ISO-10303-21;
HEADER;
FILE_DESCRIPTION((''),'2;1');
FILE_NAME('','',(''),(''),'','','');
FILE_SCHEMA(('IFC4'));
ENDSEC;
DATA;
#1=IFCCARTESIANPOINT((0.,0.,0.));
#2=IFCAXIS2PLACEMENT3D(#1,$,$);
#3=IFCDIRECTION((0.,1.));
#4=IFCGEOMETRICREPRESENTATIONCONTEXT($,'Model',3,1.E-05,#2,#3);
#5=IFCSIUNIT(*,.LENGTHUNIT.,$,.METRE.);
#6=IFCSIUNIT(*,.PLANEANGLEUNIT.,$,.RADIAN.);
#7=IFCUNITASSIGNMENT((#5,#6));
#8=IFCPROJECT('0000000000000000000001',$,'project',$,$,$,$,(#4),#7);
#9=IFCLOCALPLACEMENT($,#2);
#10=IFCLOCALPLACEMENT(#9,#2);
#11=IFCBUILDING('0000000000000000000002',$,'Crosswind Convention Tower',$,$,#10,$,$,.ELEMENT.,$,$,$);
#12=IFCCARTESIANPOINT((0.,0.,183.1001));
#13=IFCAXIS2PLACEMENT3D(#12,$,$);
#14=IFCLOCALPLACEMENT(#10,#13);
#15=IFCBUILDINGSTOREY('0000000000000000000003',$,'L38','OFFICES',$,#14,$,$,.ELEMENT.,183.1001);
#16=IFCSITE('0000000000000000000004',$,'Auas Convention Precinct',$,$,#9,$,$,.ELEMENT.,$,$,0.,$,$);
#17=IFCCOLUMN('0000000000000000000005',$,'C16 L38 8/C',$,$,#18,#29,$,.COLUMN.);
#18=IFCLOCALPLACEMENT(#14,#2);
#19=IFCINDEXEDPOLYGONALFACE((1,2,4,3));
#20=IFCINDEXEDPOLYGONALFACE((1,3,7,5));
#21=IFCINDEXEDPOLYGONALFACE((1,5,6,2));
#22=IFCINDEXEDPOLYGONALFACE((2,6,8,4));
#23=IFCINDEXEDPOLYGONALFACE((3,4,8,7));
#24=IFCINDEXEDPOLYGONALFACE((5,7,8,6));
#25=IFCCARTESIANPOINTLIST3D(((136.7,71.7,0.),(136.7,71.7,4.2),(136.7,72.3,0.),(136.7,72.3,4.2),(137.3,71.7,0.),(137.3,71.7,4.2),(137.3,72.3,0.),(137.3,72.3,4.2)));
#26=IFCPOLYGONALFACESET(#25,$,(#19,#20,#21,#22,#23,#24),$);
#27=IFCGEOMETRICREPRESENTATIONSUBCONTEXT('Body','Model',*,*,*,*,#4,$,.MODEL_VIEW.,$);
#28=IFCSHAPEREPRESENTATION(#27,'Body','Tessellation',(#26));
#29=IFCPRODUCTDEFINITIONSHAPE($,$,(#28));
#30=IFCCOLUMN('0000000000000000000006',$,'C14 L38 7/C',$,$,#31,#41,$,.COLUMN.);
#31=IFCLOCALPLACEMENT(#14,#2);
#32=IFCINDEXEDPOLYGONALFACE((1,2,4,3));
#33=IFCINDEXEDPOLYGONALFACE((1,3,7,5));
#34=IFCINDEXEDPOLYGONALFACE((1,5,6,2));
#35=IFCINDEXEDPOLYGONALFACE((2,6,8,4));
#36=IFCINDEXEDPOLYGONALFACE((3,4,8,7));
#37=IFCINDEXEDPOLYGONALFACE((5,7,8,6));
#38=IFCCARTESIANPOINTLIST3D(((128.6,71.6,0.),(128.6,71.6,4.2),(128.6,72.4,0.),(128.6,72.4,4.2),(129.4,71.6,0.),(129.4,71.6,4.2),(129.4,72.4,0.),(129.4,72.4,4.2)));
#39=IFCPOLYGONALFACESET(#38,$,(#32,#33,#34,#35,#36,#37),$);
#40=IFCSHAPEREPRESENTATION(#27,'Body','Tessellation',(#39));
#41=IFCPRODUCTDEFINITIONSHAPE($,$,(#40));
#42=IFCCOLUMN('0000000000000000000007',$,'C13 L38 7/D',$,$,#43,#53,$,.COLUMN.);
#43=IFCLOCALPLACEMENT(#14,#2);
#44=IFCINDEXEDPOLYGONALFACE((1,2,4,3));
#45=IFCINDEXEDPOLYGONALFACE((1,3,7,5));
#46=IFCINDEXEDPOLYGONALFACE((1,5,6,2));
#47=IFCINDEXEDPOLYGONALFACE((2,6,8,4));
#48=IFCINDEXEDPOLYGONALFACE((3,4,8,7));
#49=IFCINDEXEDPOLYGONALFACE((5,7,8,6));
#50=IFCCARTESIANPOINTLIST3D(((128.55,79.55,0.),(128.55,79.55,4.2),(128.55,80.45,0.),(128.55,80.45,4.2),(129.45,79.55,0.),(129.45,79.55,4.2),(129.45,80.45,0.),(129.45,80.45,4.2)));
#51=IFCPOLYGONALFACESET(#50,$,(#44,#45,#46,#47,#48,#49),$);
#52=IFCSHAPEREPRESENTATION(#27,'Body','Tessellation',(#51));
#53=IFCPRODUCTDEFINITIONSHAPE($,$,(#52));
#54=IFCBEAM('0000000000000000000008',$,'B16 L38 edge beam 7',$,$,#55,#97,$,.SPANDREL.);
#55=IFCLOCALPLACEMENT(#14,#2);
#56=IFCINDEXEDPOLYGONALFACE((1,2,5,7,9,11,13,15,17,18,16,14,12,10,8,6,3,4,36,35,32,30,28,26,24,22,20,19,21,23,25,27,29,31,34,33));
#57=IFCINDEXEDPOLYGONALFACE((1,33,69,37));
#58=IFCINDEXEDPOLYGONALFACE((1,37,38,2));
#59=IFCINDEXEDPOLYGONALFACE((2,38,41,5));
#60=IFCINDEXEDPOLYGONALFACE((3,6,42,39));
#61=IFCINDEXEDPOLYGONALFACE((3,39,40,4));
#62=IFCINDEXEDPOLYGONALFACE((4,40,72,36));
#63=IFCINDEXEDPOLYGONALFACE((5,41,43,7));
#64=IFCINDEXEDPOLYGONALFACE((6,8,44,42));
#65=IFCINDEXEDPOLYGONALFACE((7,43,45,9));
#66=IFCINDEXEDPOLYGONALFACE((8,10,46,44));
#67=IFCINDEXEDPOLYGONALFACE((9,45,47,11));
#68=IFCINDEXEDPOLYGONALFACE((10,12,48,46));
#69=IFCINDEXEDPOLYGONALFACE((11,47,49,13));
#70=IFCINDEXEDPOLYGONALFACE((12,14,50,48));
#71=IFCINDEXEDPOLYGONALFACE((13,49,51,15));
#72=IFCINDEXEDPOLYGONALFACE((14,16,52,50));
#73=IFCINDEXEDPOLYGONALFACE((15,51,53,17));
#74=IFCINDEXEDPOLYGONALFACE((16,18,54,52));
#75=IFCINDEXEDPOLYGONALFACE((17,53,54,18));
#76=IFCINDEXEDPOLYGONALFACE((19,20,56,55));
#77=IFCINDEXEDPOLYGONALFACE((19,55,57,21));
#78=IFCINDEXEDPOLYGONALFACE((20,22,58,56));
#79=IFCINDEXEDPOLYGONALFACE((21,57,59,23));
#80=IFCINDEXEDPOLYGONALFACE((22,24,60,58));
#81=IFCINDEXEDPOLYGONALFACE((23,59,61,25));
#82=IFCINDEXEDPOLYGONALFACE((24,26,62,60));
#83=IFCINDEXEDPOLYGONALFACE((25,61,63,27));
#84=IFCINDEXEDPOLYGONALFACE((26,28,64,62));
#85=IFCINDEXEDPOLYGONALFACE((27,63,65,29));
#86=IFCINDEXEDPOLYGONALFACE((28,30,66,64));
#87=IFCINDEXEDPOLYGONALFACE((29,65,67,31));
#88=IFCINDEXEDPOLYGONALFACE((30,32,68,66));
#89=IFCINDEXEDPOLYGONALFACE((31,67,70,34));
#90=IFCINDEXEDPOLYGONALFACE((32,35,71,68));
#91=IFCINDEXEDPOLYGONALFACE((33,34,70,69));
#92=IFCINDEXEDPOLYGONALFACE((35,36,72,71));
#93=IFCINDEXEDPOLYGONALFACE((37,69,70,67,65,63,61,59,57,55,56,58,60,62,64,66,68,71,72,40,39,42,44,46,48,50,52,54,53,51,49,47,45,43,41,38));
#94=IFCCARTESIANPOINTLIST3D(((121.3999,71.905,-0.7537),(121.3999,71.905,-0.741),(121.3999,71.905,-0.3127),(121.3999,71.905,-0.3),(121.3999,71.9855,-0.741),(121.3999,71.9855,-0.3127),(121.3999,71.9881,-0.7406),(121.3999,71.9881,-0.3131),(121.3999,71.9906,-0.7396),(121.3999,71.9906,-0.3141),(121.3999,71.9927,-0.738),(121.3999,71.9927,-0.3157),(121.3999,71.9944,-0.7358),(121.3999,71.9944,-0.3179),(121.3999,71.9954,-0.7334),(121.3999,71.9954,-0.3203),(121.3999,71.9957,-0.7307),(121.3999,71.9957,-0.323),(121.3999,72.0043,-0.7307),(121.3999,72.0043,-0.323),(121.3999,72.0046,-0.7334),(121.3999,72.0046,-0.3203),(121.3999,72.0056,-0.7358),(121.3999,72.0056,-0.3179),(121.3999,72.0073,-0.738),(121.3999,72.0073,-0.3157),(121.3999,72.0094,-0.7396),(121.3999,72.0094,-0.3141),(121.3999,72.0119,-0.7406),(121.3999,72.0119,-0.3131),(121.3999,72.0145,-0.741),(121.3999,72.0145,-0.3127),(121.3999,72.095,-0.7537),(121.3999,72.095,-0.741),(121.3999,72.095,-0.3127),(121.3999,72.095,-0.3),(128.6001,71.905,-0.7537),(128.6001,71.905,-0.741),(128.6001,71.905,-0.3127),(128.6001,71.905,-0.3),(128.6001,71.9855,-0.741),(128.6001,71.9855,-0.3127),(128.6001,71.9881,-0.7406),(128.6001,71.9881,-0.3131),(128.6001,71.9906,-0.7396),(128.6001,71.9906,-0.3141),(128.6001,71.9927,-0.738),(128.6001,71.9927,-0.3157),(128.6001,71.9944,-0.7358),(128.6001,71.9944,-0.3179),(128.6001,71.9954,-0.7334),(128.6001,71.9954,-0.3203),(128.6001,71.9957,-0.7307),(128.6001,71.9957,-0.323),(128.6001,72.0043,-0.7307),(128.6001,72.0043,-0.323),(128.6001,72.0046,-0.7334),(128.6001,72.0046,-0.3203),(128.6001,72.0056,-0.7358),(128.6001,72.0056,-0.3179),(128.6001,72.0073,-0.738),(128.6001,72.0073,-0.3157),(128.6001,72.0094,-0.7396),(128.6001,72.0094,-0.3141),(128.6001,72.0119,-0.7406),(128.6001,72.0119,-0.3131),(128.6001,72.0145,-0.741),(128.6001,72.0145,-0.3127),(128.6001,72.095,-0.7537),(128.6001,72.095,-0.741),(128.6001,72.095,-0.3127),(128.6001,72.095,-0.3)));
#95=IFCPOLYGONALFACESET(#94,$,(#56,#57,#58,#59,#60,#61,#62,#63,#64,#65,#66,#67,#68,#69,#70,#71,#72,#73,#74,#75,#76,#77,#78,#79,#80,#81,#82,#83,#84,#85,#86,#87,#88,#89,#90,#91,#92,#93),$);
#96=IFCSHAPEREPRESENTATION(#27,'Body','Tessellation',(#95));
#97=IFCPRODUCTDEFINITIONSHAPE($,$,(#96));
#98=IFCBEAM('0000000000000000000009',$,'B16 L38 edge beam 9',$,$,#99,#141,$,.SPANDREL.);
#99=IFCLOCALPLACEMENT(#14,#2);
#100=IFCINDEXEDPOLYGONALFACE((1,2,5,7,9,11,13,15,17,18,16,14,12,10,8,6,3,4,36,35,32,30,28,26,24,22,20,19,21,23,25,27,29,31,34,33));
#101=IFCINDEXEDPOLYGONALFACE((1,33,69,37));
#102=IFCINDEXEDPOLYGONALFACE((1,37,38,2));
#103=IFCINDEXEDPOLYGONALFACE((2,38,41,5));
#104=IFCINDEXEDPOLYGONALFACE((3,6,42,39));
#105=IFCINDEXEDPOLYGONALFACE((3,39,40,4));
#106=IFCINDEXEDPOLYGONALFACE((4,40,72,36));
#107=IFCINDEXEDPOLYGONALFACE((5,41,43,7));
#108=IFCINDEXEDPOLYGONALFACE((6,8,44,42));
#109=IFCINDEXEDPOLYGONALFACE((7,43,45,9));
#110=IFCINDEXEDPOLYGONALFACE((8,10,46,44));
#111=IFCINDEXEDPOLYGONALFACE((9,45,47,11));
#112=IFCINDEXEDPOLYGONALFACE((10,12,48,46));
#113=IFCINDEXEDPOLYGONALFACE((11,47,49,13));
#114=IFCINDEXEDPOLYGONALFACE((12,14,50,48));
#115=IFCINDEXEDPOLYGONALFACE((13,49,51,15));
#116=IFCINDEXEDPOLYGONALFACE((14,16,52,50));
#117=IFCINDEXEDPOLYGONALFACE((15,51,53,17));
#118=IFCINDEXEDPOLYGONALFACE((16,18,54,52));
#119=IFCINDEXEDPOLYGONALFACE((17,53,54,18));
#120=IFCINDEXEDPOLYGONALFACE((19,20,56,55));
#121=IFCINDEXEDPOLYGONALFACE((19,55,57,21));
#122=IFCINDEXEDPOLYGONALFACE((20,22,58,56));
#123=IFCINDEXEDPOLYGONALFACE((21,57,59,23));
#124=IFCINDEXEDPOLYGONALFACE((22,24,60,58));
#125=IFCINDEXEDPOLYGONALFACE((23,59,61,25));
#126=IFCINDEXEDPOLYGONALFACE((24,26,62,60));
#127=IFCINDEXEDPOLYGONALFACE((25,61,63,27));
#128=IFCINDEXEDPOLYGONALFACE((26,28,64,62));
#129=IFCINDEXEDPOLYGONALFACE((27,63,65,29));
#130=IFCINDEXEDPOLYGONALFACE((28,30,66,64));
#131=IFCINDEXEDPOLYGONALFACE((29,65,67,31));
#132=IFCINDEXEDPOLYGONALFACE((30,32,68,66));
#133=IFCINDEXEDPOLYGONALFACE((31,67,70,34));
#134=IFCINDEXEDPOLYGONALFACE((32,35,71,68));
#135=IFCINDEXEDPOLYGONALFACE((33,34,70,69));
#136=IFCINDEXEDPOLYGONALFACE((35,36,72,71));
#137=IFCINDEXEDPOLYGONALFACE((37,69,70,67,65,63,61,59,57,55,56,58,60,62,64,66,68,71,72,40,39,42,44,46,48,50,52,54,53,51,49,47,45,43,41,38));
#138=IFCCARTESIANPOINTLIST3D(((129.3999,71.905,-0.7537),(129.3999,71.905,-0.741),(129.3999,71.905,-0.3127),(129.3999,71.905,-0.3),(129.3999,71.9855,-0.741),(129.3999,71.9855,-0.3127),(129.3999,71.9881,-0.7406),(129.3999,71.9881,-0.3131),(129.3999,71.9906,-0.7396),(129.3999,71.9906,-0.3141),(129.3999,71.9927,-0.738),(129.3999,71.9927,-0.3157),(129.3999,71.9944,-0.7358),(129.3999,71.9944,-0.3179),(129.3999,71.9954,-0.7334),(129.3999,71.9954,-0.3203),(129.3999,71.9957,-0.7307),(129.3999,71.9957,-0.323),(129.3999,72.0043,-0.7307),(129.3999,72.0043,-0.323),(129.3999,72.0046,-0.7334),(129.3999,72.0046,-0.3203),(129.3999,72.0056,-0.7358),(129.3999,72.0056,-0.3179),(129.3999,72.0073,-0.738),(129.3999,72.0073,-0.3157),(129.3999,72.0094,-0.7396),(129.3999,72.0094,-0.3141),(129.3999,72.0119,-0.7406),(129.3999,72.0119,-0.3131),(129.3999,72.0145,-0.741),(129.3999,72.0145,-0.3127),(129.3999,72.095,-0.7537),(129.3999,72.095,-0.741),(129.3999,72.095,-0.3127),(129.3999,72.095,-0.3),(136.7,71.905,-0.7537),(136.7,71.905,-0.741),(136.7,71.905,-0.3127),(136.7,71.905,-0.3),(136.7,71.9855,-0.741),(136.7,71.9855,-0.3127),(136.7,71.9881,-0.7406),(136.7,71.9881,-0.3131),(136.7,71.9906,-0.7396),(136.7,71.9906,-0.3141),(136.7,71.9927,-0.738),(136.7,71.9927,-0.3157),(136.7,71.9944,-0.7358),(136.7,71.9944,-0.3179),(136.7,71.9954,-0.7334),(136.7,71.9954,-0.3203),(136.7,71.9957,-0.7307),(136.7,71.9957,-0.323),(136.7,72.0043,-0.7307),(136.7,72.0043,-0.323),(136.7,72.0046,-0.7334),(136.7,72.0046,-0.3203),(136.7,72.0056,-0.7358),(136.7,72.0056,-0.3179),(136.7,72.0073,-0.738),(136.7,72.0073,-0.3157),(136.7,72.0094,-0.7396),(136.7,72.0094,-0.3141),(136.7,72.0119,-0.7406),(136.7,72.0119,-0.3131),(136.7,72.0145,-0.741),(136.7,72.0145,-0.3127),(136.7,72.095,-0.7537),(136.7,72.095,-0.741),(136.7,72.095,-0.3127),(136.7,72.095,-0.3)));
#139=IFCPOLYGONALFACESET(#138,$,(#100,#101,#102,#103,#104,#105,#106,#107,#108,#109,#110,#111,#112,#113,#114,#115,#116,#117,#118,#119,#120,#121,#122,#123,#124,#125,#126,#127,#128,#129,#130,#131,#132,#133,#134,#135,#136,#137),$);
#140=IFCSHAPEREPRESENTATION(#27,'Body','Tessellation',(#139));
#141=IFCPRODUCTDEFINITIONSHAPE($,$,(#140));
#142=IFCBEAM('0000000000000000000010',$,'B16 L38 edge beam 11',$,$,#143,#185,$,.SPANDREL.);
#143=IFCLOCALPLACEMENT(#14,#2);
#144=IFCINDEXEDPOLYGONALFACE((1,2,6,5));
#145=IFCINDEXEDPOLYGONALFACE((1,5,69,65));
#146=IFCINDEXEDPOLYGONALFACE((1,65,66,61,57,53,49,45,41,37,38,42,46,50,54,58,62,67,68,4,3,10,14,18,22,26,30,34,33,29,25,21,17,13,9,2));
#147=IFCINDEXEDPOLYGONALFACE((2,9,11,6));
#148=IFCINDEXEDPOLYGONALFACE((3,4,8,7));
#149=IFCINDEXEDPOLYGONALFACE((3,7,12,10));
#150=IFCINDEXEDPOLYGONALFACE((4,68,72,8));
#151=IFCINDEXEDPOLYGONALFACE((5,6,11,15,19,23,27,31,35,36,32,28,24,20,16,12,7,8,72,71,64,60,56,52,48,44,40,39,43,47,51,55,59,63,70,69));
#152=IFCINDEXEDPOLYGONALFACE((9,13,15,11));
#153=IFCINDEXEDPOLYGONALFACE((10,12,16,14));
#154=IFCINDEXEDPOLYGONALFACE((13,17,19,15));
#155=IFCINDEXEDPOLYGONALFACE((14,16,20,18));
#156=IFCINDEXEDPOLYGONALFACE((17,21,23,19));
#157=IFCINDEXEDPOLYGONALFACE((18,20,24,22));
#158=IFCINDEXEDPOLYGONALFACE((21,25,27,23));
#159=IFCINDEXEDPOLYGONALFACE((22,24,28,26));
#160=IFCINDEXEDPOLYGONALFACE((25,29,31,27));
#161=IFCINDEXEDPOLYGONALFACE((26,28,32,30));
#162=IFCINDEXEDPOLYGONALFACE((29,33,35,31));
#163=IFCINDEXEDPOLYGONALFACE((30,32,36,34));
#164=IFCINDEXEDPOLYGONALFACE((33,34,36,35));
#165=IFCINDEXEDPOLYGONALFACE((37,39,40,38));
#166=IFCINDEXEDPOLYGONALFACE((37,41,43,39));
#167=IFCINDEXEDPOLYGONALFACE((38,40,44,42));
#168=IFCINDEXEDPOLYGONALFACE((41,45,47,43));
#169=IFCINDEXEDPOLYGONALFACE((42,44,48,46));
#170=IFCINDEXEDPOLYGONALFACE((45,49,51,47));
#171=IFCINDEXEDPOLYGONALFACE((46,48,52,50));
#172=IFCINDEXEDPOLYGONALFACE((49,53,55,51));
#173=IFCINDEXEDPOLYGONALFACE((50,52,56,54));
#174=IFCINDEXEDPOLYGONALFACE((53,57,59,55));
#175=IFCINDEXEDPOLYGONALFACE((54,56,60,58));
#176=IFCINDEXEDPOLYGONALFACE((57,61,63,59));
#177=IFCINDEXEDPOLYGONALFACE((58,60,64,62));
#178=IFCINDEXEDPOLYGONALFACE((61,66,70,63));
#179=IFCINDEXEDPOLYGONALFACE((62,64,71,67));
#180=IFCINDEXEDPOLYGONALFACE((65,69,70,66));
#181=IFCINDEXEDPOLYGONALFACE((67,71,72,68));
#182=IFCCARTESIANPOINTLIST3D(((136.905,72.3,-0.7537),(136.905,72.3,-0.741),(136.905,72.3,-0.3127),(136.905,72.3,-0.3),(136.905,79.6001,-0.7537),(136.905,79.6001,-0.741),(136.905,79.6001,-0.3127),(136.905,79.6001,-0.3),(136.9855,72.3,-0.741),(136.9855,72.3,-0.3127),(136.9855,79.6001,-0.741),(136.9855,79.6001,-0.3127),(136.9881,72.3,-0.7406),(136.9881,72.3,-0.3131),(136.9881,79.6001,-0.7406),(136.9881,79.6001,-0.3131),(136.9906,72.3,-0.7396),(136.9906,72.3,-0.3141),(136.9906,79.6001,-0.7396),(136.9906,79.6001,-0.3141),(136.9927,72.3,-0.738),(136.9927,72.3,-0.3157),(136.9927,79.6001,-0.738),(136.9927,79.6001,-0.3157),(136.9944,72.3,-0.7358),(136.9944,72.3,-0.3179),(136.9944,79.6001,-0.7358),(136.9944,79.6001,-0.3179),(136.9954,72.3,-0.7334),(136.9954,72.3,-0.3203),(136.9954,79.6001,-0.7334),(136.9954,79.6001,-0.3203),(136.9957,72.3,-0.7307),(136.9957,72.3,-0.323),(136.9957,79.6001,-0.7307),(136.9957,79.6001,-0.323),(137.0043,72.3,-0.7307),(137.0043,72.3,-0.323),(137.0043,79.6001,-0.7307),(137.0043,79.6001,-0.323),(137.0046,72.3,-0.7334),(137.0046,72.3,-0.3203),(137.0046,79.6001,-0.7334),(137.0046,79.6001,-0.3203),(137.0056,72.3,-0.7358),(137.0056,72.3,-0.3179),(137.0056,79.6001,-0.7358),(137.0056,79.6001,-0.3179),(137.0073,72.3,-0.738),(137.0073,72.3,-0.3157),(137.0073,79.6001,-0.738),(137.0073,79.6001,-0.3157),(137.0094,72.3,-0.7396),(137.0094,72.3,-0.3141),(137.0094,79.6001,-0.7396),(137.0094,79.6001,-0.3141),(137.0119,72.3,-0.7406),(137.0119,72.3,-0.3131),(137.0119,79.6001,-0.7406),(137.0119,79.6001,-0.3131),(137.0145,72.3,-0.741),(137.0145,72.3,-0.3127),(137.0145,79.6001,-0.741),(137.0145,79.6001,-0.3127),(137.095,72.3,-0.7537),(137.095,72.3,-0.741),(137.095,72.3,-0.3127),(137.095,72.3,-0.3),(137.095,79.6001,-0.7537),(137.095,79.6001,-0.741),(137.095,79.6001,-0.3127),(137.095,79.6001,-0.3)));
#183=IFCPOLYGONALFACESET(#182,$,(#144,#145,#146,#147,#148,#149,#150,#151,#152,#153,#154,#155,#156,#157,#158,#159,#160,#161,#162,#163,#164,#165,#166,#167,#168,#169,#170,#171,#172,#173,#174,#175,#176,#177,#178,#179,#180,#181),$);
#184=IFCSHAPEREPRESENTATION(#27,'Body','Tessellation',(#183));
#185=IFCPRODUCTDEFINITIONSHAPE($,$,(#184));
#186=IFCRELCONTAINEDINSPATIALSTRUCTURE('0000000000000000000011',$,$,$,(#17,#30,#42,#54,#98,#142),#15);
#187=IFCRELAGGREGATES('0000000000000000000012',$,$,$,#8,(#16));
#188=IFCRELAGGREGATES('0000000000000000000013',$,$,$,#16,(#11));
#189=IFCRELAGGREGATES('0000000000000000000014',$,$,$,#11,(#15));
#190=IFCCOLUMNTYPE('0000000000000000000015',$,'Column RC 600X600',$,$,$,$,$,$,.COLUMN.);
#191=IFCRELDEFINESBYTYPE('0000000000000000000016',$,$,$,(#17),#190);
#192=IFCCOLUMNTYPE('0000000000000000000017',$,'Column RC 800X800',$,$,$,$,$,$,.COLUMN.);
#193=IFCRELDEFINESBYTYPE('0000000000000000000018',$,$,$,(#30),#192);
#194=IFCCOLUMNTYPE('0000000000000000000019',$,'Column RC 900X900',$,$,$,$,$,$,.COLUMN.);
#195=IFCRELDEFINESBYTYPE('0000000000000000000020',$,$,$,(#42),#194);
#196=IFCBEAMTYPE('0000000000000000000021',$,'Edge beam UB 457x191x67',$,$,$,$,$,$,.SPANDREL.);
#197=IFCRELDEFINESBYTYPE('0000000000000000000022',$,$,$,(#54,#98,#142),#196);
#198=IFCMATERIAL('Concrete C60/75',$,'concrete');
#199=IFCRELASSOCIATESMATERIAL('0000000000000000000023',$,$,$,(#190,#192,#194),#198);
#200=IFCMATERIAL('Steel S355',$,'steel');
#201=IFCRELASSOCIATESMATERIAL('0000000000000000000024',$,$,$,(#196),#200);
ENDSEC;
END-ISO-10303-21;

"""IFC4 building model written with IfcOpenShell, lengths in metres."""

from ifc_helpers import new_model, si_unit, direction, frame, origin, origin_2d, place, context, subcontext, project, spatial, rectangle, i_section, extrude, material, material_profile, profile_set, type_object, element, save


model = new_model("IFC4")

# Units and contexts
model_context = context("Model", 3, precision=1e-05, world=origin(), true_north=direction((0.0, 1.0)))
body_context = subcontext(model_context, "Body", "Model", "MODEL_VIEW")
ifc_project = project(units=[si_unit("LENGTHUNIT", "METRE"), si_unit("PLANEANGLEUNIT", "RADIAN")], contexts=[model_context])

# Site, building, storey
site_placement = place(None, origin())
site = spatial("IfcSite", under=ifc_project, at=site_placement, Name="Auas Convention Precinct", CompositionType="ELEMENT", RefElevation=0.0)
building_placement = place(site_placement, origin())
building = spatial("IfcBuilding", under=site, at=building_placement, Name="Crosswind Convention Tower", CompositionType="ELEMENT")
storey_placement = place(building_placement, frame((0.0, 0.0, 183.1001)))
storey = spatial("IfcBuildingStorey", under=building, at=storey_placement, Name="L38", Description="OFFICES", CompositionType="ELEMENT", Elevation=183.1001)

# Columns
ifc_material_1 = material(Name="Concrete C60/75", Category="concrete")
ifc_material_profile_1 = material_profile(ifc_material_1, rectangle(XDim=0.6001, YDim=0.6001, at=origin_2d()), Name="RC 600X600")
ifc_profile_set_1 = profile_set([ifc_material_profile_1], Name="Concrete C60/75")
column_type_1 = type_object("IfcColumnType", Name="Column RC 600X600", PredefinedType="COLUMN", material=ifc_profile_set_1)
column_1_placement = place(storey_placement, frame((137.0, 72.0, 0.0), z_axis=(0.0, 0.0, 1.0), x_axis=(1.0, 0.0, 0.0)))
element("IfcColumn", 1, at=column_1_placement, inside=storey, type_object=column_type_1, Name="C16 L38 8/C", PredefinedType="COLUMN", context=body_context, shape_type="SweptSolid", body=[
    extrude(rectangle(XDim=0.6001, YDim=0.6001, at=origin_2d()), origin(), (0.0, 0.0, 1.0), 4.2),
])
ifc_material_profile_2 = material_profile(ifc_material_1, rectangle(XDim=0.8, YDim=0.8, at=origin_2d()), Name="RC 800X800")
ifc_profile_set_2 = profile_set([ifc_material_profile_2], Name="Concrete C60/75")
column_type_2 = type_object("IfcColumnType", Name="Column RC 800X800", PredefinedType="COLUMN", material=ifc_profile_set_2)
column_2_placement = place(storey_placement, frame((129.0, 72.0, 0.0), z_axis=(0.0, 0.0, 1.0), x_axis=(1.0, 0.0, 0.0)))
element("IfcColumn", 2, at=column_2_placement, inside=storey, type_object=column_type_2, Name="C14 L38 7/C", PredefinedType="COLUMN", context=body_context, shape_type="SweptSolid", body=[
    extrude(rectangle(XDim=0.8, YDim=0.8, at=origin_2d()), origin(), (0.0, 0.0, 1.0), 4.2),
])
ifc_material_profile_3 = material_profile(ifc_material_1, rectangle(XDim=0.8999, YDim=0.8999, at=origin_2d()), Name="RC 900X900")
ifc_profile_set_3 = profile_set([ifc_material_profile_3], Name="Concrete C60/75")
column_type_3 = type_object("IfcColumnType", Name="Column RC 900X900", PredefinedType="COLUMN", material=ifc_profile_set_3)
column_3_placement = place(storey_placement, frame((129.0, 80.0, 0.0), z_axis=(0.0, 0.0, 1.0), x_axis=(1.0, 0.0, 0.0)))
element("IfcColumn", 3, at=column_3_placement, inside=storey, type_object=column_type_3, Name="C13 L38 7/D", PredefinedType="COLUMN", context=body_context, shape_type="SweptSolid", body=[
    extrude(rectangle(XDim=0.8999, YDim=0.8999, at=origin_2d()), origin(), (0.0, 0.0, 1.0), 4.2),
])

# Beams
ifc_material_2 = material(Name="Steel S355", Category="steel")
ifc_material_profile_4 = material_profile(ifc_material_2, i_section(OverallWidth=0.1899, OverallDepth=0.4536, WebThickness=0.0085, FlangeThickness=0.0127, FilletRadius=0.0103, at=origin_2d()), Name="UB 457x191x67")
ifc_profile_set_4 = profile_set([ifc_material_profile_4], Name="Steel S355")
beam_type_1 = type_object("IfcBeamType", Name="Edge beam UB 457x191x67", PredefinedType="SPANDREL", material=ifc_profile_set_4)
beam_1_placement = place(storey_placement, frame((121.3999, 72.0, -0.5269), z_axis=(1.0, 0.0, 0.0), x_axis=(0.0, 1.0, 0.0)))
element("IfcBeam", 4, at=beam_1_placement, inside=storey, type_object=beam_type_1, Name="B16 L38 edge beam 7", PredefinedType="SPANDREL", context=body_context, shape_type="SweptSolid", body=[
    extrude(i_section(OverallWidth=0.1899, OverallDepth=0.4536, WebThickness=0.0085, FlangeThickness=0.0127, FilletRadius=0.0103, at=origin_2d()), origin(), (0.0, 0.0, 1.0), 7.2002),
])
for number, where, z_axis, x_axis, name in (
    (5, (129.3999, 72.0, -0.5269), (1.0, 0.0, 0.0), (0.0, 1.0, 0.0), "B16 L38 edge beam 9"),
    (6, (137.0, 72.3, -0.5269), (0.0, 1.0, 0.0), (-1.0, 0.0, 0.0), "B16 L38 edge beam 11"),
):
    element("IfcBeam", number, at=place(storey_placement, frame(where, z_axis=z_axis, x_axis=x_axis)), inside=storey, type_object=beam_type_1, Name=name, PredefinedType="SPANDREL", context=body_context, shape_type="SweptSolid", body=[
        extrude(i_section(OverallWidth=0.1899, OverallDepth=0.4536, WebThickness=0.0085, FlangeThickness=0.0127, FilletRadius=0.0103, at=origin_2d()), origin(), (0.0, 0.0, 1.0), 7.3),
    ])

save(model, "model.ifc")
